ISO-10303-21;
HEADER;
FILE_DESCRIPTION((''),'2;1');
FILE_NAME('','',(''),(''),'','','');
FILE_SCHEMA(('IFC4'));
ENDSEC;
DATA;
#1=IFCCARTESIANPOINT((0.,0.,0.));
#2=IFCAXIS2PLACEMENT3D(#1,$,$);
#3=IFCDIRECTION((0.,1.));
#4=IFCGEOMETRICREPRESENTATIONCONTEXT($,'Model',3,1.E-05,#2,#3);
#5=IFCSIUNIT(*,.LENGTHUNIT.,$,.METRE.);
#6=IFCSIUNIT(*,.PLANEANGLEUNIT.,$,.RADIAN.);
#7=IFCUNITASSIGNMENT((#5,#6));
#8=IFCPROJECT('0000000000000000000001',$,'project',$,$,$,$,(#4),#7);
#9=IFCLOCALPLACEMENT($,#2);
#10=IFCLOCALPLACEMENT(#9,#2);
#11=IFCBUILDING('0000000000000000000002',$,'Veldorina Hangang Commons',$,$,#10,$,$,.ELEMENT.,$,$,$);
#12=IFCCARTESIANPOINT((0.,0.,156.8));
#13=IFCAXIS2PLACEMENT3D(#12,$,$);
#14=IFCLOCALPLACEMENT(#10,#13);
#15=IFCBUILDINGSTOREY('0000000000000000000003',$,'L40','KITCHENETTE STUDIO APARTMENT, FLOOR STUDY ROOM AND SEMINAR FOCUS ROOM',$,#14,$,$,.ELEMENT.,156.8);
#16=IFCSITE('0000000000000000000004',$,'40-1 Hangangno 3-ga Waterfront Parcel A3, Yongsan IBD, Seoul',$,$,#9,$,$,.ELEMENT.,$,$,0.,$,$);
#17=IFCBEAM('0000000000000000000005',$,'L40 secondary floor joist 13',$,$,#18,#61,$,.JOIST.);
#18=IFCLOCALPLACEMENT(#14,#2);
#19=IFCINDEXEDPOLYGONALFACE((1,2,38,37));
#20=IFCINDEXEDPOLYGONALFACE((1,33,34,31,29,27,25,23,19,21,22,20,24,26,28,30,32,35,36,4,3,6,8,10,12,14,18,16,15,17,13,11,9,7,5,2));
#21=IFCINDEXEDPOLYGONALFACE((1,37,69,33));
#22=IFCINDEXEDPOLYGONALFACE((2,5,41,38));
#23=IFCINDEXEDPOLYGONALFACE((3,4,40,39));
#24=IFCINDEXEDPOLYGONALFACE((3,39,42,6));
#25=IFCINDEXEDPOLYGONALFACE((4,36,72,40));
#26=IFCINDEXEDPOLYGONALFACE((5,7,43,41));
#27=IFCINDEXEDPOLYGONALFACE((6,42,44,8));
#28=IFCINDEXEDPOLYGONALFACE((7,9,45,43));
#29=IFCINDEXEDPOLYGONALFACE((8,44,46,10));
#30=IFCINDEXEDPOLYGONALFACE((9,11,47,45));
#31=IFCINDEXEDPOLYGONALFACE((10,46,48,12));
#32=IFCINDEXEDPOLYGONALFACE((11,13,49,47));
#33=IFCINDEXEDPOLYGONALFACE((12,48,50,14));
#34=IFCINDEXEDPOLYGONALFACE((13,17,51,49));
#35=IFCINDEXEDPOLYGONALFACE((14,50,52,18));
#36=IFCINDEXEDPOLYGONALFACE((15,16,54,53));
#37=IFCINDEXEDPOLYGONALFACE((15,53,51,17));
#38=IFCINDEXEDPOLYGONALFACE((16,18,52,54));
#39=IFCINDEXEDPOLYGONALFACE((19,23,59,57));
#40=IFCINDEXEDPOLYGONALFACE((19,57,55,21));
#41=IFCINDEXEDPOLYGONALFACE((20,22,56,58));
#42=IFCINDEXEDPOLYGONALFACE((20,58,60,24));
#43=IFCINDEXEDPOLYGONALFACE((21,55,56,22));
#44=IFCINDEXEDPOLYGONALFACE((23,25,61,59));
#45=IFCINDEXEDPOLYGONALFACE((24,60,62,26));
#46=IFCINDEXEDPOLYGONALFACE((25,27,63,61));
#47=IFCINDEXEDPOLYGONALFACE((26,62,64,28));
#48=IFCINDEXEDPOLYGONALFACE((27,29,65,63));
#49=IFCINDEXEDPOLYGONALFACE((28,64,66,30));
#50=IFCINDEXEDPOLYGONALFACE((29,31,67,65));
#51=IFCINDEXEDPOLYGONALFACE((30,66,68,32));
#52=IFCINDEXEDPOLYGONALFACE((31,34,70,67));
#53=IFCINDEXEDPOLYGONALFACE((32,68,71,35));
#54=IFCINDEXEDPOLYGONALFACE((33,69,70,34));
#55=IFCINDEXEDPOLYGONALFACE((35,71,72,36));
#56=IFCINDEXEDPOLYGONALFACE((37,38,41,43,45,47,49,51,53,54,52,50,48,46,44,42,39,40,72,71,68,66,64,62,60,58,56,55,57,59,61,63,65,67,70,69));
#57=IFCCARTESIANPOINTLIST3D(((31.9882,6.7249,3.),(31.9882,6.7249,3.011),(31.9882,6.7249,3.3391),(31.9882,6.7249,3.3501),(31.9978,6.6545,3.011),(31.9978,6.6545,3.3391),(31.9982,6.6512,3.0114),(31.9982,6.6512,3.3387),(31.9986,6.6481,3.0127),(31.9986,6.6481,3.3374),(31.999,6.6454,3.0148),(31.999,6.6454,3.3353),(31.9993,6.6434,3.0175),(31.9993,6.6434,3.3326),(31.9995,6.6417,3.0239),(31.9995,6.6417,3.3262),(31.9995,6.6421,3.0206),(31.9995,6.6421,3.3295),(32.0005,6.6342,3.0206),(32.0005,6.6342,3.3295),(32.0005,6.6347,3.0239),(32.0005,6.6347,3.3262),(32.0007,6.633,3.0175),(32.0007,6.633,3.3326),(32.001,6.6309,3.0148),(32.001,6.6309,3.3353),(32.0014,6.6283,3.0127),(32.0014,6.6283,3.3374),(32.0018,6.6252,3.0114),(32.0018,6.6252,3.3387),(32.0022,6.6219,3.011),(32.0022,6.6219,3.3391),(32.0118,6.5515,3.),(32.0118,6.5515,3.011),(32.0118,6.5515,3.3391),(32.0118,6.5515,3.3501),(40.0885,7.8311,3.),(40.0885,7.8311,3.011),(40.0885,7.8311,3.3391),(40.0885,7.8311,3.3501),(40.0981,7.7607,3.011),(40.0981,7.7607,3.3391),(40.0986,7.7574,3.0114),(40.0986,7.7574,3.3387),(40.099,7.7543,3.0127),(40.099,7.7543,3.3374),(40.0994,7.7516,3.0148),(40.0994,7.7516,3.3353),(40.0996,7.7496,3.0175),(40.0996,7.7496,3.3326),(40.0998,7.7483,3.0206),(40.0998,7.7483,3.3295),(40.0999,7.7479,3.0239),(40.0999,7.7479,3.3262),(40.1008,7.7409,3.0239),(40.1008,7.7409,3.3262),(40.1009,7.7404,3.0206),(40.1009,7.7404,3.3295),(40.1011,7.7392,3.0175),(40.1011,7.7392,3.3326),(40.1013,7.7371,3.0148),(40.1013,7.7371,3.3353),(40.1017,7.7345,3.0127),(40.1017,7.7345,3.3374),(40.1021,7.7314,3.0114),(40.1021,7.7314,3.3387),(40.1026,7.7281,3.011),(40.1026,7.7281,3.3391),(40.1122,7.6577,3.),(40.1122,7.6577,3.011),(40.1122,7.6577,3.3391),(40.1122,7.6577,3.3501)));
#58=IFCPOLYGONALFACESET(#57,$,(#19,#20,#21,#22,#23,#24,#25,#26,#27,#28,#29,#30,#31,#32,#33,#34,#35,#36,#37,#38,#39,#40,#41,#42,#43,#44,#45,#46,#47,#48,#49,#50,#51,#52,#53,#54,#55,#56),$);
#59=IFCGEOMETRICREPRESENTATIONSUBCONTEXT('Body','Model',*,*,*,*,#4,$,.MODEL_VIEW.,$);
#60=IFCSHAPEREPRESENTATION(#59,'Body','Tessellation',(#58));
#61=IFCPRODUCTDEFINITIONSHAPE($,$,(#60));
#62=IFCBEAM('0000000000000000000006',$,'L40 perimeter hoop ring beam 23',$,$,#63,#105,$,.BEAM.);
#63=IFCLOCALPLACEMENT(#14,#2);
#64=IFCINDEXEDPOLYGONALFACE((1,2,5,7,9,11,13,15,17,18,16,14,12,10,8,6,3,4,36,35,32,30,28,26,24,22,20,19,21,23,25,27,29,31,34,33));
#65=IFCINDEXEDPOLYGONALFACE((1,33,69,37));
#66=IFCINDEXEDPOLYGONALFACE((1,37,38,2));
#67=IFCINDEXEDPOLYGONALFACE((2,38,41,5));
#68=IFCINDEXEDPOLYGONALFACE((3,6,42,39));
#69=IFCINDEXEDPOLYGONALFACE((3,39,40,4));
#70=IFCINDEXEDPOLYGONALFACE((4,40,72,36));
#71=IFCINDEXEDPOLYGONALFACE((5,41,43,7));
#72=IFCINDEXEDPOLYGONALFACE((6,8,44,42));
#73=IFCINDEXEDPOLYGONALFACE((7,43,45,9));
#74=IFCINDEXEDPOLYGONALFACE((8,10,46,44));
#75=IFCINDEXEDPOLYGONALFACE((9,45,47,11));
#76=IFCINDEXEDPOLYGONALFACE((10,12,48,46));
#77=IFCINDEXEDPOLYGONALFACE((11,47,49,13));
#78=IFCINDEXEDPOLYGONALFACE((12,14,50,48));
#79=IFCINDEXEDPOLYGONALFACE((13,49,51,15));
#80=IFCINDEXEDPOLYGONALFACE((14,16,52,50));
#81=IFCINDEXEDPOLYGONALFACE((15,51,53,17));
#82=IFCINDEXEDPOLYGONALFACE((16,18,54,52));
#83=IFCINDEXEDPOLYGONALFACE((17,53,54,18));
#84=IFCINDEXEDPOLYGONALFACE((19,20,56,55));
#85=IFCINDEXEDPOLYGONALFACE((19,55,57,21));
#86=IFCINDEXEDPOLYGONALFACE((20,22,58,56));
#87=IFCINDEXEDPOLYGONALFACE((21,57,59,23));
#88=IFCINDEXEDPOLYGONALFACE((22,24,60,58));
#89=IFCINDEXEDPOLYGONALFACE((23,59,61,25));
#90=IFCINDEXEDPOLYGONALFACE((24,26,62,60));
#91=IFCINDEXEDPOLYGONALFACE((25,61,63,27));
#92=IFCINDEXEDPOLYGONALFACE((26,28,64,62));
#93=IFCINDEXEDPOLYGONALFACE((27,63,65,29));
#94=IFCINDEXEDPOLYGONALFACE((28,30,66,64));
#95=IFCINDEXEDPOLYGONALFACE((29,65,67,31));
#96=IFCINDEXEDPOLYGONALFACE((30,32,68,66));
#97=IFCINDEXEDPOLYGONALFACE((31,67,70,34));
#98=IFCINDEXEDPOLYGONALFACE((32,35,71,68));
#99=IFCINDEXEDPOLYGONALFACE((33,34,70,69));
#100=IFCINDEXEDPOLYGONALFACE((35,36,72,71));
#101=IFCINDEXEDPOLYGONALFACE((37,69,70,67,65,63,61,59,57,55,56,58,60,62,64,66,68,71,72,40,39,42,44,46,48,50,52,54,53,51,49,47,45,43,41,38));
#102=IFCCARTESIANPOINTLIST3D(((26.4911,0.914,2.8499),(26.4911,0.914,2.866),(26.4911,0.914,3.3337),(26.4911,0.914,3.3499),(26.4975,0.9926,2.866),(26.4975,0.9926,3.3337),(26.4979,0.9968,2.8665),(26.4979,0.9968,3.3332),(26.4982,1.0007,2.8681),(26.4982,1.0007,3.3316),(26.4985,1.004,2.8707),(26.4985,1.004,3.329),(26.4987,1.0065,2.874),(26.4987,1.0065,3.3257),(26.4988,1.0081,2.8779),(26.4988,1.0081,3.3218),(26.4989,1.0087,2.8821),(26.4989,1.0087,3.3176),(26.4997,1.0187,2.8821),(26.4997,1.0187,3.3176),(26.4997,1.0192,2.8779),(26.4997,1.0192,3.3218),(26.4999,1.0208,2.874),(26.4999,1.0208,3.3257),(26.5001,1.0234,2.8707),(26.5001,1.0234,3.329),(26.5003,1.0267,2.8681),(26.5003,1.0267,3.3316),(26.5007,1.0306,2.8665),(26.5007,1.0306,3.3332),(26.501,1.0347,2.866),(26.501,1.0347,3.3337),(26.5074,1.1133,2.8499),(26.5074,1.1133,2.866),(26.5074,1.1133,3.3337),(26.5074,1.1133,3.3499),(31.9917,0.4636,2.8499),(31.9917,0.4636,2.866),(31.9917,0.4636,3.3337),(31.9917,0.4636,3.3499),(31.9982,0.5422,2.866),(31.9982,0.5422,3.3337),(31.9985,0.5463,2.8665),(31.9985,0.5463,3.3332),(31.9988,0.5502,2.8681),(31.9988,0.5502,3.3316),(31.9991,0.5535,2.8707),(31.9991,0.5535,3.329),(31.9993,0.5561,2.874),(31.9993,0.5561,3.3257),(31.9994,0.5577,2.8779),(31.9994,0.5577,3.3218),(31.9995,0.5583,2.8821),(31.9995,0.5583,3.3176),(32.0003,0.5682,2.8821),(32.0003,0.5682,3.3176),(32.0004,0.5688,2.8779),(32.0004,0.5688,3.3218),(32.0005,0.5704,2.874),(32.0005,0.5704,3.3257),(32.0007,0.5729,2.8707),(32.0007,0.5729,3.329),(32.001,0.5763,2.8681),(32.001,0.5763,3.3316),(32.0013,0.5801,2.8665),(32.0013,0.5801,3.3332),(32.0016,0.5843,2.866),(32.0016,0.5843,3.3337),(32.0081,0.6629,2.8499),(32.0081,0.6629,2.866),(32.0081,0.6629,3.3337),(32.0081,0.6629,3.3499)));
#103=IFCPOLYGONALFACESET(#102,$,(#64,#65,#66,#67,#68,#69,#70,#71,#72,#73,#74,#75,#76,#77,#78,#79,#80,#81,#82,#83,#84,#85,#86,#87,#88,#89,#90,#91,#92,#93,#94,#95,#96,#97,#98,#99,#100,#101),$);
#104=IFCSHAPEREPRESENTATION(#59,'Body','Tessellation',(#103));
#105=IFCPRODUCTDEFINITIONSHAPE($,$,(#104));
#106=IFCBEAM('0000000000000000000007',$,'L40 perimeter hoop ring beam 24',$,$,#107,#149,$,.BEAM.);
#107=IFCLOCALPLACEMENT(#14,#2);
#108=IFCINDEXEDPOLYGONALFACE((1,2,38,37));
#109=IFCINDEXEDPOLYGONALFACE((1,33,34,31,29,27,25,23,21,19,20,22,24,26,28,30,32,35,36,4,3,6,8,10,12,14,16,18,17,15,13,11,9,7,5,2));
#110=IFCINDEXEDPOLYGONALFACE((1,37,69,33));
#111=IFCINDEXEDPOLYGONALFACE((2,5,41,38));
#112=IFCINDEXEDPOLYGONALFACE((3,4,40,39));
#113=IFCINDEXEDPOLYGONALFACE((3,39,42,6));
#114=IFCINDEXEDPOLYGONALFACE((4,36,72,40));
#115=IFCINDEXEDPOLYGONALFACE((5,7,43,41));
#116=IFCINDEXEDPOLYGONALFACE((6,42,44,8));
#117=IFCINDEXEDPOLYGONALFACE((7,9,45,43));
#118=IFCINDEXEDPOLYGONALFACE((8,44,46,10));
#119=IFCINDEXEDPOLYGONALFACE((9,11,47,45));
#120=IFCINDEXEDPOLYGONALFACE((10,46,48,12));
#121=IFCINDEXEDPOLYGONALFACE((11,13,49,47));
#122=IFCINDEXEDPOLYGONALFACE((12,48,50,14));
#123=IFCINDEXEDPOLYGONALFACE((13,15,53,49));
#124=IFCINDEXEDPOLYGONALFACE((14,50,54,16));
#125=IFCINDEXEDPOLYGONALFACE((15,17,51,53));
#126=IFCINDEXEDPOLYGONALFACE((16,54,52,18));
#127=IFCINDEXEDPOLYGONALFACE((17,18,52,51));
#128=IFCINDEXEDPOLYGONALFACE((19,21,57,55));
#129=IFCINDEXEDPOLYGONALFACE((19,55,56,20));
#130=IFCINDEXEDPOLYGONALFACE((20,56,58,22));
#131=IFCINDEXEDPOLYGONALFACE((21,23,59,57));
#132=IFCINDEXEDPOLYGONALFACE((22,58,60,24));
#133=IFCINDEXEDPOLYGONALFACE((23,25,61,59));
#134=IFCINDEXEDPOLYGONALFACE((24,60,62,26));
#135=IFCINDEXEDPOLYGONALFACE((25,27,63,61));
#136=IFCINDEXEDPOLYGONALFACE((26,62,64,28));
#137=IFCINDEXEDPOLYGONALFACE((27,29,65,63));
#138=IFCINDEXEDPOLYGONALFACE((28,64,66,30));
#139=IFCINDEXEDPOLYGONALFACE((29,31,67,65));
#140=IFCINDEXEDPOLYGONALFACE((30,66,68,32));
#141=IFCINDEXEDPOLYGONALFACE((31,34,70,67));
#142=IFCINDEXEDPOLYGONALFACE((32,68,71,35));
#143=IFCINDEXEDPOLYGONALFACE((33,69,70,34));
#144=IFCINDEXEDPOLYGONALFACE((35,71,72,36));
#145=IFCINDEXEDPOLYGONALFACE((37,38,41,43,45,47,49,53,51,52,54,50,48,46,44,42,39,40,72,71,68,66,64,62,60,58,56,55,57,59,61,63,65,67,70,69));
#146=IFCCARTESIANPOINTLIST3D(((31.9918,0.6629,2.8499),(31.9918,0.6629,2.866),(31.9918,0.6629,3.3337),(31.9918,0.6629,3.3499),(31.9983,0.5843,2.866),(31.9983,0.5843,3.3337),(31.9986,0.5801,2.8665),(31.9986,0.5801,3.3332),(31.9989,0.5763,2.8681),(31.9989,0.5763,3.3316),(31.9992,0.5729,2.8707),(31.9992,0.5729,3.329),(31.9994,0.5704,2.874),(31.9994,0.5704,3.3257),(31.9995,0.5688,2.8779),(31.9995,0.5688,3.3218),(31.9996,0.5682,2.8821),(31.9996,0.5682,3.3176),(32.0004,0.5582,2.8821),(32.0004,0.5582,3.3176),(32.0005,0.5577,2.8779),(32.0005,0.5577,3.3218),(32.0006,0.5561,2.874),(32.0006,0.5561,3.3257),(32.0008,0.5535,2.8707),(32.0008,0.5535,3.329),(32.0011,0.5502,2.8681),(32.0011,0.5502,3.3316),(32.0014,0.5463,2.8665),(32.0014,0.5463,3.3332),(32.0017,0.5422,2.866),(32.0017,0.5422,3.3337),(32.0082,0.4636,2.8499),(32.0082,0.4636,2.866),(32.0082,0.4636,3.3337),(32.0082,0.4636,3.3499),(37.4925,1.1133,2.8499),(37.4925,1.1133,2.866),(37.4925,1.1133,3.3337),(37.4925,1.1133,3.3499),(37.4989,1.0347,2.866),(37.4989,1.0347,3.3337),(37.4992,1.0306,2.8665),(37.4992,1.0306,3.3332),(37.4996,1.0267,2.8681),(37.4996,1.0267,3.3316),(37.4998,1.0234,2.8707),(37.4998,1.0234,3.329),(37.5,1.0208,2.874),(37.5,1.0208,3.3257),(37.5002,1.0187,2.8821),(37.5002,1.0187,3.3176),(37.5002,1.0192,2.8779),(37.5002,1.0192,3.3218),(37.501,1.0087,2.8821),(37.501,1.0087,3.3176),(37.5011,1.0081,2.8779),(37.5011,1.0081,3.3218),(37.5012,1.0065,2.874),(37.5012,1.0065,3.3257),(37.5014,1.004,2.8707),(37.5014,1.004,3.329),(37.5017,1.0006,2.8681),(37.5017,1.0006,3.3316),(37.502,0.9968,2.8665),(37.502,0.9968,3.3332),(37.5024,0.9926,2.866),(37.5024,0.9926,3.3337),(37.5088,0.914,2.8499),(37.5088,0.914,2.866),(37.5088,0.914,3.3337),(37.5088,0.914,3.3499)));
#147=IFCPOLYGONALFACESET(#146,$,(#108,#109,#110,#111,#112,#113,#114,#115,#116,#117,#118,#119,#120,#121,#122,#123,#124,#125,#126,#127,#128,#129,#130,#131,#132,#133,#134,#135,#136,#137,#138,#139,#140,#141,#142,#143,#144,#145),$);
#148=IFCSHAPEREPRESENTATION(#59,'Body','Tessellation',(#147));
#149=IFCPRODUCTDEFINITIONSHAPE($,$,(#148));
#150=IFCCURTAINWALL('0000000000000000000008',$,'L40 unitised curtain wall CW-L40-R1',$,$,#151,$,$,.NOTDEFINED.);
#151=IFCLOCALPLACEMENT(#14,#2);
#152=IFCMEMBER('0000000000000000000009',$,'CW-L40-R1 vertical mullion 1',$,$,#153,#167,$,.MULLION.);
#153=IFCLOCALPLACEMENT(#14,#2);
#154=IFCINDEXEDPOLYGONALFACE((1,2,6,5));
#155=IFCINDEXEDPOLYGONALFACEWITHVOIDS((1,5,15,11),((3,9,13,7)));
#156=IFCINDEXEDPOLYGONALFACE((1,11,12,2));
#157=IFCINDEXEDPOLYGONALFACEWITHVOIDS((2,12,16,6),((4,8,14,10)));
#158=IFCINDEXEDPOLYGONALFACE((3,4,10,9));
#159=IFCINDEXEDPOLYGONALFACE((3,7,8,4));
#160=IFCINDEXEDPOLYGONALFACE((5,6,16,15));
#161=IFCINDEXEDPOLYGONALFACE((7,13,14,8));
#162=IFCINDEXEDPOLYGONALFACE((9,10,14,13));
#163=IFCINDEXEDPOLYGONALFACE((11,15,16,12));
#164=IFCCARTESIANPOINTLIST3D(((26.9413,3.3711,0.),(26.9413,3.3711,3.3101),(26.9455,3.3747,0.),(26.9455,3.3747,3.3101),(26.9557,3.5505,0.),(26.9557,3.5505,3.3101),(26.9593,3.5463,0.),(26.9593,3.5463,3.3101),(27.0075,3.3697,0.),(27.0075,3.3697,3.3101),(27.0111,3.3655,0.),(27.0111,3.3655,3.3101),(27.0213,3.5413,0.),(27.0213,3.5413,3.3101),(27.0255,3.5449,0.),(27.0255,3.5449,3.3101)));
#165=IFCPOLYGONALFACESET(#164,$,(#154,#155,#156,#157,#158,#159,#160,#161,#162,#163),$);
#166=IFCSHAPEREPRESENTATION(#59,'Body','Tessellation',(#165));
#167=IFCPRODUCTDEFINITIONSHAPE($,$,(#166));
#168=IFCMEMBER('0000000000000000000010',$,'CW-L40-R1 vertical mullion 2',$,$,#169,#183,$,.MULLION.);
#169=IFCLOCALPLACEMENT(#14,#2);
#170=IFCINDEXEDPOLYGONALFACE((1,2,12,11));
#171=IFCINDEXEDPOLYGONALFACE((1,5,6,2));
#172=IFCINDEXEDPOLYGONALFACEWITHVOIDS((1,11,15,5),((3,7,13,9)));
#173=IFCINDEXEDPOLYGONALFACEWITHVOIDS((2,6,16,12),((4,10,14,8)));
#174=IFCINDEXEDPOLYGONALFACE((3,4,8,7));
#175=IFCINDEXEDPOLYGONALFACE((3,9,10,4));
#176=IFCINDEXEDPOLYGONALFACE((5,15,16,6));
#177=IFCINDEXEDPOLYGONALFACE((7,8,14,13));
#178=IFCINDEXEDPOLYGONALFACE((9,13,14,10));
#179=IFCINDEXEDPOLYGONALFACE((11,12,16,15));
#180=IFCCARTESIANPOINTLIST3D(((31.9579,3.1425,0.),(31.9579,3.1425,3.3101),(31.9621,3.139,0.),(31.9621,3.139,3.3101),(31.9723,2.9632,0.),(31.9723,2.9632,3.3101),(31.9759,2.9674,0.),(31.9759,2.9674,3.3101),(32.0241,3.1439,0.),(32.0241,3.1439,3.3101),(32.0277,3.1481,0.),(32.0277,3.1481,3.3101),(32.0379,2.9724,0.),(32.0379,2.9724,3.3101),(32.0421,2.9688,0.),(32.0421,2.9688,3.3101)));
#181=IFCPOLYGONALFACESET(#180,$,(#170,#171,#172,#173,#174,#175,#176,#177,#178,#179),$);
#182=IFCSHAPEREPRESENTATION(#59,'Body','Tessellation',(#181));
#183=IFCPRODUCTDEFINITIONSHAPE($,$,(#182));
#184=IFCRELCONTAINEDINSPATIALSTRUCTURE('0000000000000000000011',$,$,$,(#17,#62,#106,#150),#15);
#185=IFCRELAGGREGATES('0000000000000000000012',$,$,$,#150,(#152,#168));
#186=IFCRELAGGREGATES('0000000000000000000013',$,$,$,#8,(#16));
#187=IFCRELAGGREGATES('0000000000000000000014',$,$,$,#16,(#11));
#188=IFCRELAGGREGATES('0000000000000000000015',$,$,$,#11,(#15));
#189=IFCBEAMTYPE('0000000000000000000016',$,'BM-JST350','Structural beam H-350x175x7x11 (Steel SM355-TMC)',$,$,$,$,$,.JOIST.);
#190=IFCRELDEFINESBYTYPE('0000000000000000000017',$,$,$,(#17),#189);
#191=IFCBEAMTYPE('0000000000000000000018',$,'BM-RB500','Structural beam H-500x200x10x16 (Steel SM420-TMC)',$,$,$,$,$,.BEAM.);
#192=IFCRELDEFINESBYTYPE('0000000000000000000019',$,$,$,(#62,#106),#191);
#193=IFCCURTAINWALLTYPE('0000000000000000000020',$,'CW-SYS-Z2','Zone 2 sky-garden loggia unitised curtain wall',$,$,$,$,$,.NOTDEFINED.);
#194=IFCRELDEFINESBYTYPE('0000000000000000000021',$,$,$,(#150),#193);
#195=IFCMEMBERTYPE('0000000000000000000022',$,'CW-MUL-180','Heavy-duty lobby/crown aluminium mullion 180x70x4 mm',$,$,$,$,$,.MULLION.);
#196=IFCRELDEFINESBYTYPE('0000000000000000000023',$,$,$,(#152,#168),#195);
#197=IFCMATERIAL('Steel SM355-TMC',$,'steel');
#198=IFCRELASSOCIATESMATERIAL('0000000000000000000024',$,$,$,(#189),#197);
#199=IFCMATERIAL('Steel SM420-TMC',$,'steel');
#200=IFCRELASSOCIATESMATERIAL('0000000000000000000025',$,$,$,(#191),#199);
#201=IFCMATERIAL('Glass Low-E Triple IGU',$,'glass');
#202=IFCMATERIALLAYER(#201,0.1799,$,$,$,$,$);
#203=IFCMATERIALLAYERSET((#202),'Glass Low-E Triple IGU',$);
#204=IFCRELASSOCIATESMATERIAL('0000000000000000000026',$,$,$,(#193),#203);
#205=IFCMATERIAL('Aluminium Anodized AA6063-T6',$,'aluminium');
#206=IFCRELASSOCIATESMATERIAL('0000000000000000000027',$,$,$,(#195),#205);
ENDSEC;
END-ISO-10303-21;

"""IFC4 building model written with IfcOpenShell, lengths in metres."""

from ifc_helpers import new_model, si_unit, direction, frame, origin, origin_2d, place, context, subcontext, project, spatial, hollow_rectangle, i_section, extrude, material, layer, layer_set, material_profile, profile_set, type_object, element, aggregate, save


model = new_model("IFC4")

# Units and contexts
model_context = context("Model", 3, precision=1e-05, world=origin(), true_north=direction((0.0, 1.0)))
body_context = subcontext(model_context, "Body", "Model", "MODEL_VIEW")
ifc_project = project(units=[si_unit("LENGTHUNIT", "METRE"), si_unit("PLANEANGLEUNIT", "RADIAN")], contexts=[model_context])

# Site, building, storey
site_placement = place(None, origin())
site = spatial("IfcSite", under=ifc_project, at=site_placement, Name="40-1 Hangangno 3-ga Waterfront Parcel A3, Yongsan IBD, Seoul", CompositionType="ELEMENT", RefElevation=0.0)
building_placement = place(site_placement, origin())
building = spatial("IfcBuilding", under=site, at=building_placement, Name="Veldorina Hangang Commons", CompositionType="ELEMENT")
storey_placement = place(building_placement, frame((0.0, 0.0, 156.8)))
storey = spatial("IfcBuildingStorey", under=building, at=storey_placement, Name="L40", Description="KITCHENETTE STUDIO APARTMENT, FLOOR STUDY ROOM AND SEMINAR FOCUS ROOM", CompositionType="ELEMENT", Elevation=156.8)

# Beams
ifc_material_1 = material(Name="Steel SM355-TMC", Category="steel")
ifc_material_profile_1 = material_profile(ifc_material_1, i_section(OverallWidth=0.175, OverallDepth=0.3501, WebThickness=0.0071, FlangeThickness=0.011, FilletRadius=0.0129, at=origin_2d()), Name="H-350x175x7x11")
ifc_profile_set_1 = profile_set([ifc_material_profile_1], Name="Steel SM355-TMC")
beam_type_1 = type_object("IfcBeamType", Name="BM-JST350", Description="Structural beam H-350x175x7x11 (Steel SM355-TMC)", PredefinedType="JOIST", material=ifc_profile_set_1)
beam_placement = place(storey_placement, frame((32.0, 6.6382, 3.175), z_axis=(0.990804, 0.135306, 0.0), x_axis=(-0.135306, 0.990804, 0.0)))
element("IfcBeam", 1, at=beam_placement, inside=storey, type_object=beam_type_1, Name="L40 secondary floor joist 13", PredefinedType="JOIST", context=body_context, shape_type="SweptSolid", body=[
    extrude(i_section(OverallWidth=0.175, OverallDepth=0.3501, WebThickness=0.0071, FlangeThickness=0.011, FilletRadius=0.0129, at=origin_2d()), origin(), (0.0, 0.0, 1.0), 8.1755),
])
ifc_material_2 = material(Name="Steel SM420-TMC", Category="steel")
ifc_material_profile_2 = material_profile(ifc_material_2, i_section(OverallWidth=0.2, OverallDepth=0.5, WebThickness=0.01, FlangeThickness=0.0161, FilletRadius=0.0161, at=origin_2d()), Name="H-500x200x10x16")
ifc_profile_set_2 = profile_set([ifc_material_profile_2], Name="Steel SM420-TMC")
beam_type_2 = type_object("IfcBeamType", Name="BM-RB500", Description="Structural beam H-500x200x10x16 (Steel SM420-TMC)", PredefinedType="BEAM", material=ifc_profile_set_2)
for number, where, z_axis, x_axis, name in (
    (2, (26.4993, 1.0137, 3.0999), (0.996664, -0.081614, 0.0), (0.081614, 0.996664, 0.0), "L40 perimeter hoop ring beam 23"),
    (3, (32.0, 0.5632, 3.0999), (0.996664, 0.081614, 0.0), (-0.081614, 0.996664, 0.0), "L40 perimeter hoop ring beam 24"),
):
    element("IfcBeam", number, at=place(storey_placement, frame(where, z_axis=z_axis, x_axis=x_axis)), inside=storey, type_object=beam_type_2, Name=name, PredefinedType="BEAM", context=body_context, shape_type="SweptSolid", body=[
        extrude(i_section(OverallWidth=0.2, OverallDepth=0.5, WebThickness=0.01, FlangeThickness=0.0161, FilletRadius=0.0161, at=origin_2d()), origin(), (0.0, 0.0, 1.0), 5.519),
    ])

# Curtain wall, members
ifc_material_3 = material(Name="Glass Low-E Triple IGU", Category="glass")
ifc_layer_1 = layer(ifc_material_3, 0.1799)
ifc_layer_set_1 = layer_set([ifc_layer_1], Name="Glass Low-E Triple IGU")
curtain_wall_type = type_object("IfcCurtainWallType", Name="CW-SYS-Z2", Description="Zone 2 sky-garden loggia unitised curtain wall", PredefinedType="NOTDEFINED", material=ifc_layer_set_1)
curtain_wall_placement = place(storey_placement, origin())
curtain_wall = element("IfcCurtainWall", 4, at=curtain_wall_placement, inside=storey, type_object=curtain_wall_type, Name="L40 unitised curtain wall CW-L40-R1", PredefinedType="NOTDEFINED")
ifc_material_4 = material(Name="Aluminium Anodized AA6063-T6", Category="aluminium")
ifc_material_profile_3 = material_profile(ifc_material_4, hollow_rectangle(XDim=0.0701, YDim=0.1799, WallThickness=0.0039, at=origin_2d()), Name="ALU-RHS-180x70x4")
ifc_profile_set_3 = profile_set([ifc_material_profile_3], Name="Aluminium Anodized AA6063-T6")
member_type_1 = type_object("IfcMemberType", Name="CW-MUL-180", Description="Heavy-duty lobby/crown aluminium mullion 180x70x4 mm", PredefinedType="MULLION", material=ifc_profile_set_3)
member_1_placement = place(storey_placement, frame((26.9834, 3.458, 0.0), z_axis=(0.0, 0.0, 1.0), x_axis=(0.996798, -0.079955, 0.0)))
member_1 = element("IfcMember", 5, at=member_1_placement, type_object=member_type_1, Name="CW-L40-R1 vertical mullion 1", PredefinedType="MULLION", context=body_context, shape_type="SweptSolid", body=[
    extrude(hollow_rectangle(XDim=0.0701, YDim=0.1799, WallThickness=0.0039, at=origin_2d()), origin(), (0.0, 0.0, 1.0), 3.3101),
])
member_2_placement = place(storey_placement, frame((32.0, 3.0557, 0.0), z_axis=(0.0, 0.0, 1.0), x_axis=(0.996798, 0.079955, 0.0)))
member_2 = element("IfcMember", 6, at=member_2_placement, type_object=member_type_1, Name="CW-L40-R1 vertical mullion 2", PredefinedType="MULLION", context=body_context, shape_type="SweptSolid", body=[
    extrude(hollow_rectangle(XDim=0.0701, YDim=0.1799, WallThickness=0.0039, at=origin_2d()), origin(), (0.0, 0.0, 1.0), 3.3101),
])

aggregate(curtain_wall, [member_1, member_2])

save(model, "model.ifc")
